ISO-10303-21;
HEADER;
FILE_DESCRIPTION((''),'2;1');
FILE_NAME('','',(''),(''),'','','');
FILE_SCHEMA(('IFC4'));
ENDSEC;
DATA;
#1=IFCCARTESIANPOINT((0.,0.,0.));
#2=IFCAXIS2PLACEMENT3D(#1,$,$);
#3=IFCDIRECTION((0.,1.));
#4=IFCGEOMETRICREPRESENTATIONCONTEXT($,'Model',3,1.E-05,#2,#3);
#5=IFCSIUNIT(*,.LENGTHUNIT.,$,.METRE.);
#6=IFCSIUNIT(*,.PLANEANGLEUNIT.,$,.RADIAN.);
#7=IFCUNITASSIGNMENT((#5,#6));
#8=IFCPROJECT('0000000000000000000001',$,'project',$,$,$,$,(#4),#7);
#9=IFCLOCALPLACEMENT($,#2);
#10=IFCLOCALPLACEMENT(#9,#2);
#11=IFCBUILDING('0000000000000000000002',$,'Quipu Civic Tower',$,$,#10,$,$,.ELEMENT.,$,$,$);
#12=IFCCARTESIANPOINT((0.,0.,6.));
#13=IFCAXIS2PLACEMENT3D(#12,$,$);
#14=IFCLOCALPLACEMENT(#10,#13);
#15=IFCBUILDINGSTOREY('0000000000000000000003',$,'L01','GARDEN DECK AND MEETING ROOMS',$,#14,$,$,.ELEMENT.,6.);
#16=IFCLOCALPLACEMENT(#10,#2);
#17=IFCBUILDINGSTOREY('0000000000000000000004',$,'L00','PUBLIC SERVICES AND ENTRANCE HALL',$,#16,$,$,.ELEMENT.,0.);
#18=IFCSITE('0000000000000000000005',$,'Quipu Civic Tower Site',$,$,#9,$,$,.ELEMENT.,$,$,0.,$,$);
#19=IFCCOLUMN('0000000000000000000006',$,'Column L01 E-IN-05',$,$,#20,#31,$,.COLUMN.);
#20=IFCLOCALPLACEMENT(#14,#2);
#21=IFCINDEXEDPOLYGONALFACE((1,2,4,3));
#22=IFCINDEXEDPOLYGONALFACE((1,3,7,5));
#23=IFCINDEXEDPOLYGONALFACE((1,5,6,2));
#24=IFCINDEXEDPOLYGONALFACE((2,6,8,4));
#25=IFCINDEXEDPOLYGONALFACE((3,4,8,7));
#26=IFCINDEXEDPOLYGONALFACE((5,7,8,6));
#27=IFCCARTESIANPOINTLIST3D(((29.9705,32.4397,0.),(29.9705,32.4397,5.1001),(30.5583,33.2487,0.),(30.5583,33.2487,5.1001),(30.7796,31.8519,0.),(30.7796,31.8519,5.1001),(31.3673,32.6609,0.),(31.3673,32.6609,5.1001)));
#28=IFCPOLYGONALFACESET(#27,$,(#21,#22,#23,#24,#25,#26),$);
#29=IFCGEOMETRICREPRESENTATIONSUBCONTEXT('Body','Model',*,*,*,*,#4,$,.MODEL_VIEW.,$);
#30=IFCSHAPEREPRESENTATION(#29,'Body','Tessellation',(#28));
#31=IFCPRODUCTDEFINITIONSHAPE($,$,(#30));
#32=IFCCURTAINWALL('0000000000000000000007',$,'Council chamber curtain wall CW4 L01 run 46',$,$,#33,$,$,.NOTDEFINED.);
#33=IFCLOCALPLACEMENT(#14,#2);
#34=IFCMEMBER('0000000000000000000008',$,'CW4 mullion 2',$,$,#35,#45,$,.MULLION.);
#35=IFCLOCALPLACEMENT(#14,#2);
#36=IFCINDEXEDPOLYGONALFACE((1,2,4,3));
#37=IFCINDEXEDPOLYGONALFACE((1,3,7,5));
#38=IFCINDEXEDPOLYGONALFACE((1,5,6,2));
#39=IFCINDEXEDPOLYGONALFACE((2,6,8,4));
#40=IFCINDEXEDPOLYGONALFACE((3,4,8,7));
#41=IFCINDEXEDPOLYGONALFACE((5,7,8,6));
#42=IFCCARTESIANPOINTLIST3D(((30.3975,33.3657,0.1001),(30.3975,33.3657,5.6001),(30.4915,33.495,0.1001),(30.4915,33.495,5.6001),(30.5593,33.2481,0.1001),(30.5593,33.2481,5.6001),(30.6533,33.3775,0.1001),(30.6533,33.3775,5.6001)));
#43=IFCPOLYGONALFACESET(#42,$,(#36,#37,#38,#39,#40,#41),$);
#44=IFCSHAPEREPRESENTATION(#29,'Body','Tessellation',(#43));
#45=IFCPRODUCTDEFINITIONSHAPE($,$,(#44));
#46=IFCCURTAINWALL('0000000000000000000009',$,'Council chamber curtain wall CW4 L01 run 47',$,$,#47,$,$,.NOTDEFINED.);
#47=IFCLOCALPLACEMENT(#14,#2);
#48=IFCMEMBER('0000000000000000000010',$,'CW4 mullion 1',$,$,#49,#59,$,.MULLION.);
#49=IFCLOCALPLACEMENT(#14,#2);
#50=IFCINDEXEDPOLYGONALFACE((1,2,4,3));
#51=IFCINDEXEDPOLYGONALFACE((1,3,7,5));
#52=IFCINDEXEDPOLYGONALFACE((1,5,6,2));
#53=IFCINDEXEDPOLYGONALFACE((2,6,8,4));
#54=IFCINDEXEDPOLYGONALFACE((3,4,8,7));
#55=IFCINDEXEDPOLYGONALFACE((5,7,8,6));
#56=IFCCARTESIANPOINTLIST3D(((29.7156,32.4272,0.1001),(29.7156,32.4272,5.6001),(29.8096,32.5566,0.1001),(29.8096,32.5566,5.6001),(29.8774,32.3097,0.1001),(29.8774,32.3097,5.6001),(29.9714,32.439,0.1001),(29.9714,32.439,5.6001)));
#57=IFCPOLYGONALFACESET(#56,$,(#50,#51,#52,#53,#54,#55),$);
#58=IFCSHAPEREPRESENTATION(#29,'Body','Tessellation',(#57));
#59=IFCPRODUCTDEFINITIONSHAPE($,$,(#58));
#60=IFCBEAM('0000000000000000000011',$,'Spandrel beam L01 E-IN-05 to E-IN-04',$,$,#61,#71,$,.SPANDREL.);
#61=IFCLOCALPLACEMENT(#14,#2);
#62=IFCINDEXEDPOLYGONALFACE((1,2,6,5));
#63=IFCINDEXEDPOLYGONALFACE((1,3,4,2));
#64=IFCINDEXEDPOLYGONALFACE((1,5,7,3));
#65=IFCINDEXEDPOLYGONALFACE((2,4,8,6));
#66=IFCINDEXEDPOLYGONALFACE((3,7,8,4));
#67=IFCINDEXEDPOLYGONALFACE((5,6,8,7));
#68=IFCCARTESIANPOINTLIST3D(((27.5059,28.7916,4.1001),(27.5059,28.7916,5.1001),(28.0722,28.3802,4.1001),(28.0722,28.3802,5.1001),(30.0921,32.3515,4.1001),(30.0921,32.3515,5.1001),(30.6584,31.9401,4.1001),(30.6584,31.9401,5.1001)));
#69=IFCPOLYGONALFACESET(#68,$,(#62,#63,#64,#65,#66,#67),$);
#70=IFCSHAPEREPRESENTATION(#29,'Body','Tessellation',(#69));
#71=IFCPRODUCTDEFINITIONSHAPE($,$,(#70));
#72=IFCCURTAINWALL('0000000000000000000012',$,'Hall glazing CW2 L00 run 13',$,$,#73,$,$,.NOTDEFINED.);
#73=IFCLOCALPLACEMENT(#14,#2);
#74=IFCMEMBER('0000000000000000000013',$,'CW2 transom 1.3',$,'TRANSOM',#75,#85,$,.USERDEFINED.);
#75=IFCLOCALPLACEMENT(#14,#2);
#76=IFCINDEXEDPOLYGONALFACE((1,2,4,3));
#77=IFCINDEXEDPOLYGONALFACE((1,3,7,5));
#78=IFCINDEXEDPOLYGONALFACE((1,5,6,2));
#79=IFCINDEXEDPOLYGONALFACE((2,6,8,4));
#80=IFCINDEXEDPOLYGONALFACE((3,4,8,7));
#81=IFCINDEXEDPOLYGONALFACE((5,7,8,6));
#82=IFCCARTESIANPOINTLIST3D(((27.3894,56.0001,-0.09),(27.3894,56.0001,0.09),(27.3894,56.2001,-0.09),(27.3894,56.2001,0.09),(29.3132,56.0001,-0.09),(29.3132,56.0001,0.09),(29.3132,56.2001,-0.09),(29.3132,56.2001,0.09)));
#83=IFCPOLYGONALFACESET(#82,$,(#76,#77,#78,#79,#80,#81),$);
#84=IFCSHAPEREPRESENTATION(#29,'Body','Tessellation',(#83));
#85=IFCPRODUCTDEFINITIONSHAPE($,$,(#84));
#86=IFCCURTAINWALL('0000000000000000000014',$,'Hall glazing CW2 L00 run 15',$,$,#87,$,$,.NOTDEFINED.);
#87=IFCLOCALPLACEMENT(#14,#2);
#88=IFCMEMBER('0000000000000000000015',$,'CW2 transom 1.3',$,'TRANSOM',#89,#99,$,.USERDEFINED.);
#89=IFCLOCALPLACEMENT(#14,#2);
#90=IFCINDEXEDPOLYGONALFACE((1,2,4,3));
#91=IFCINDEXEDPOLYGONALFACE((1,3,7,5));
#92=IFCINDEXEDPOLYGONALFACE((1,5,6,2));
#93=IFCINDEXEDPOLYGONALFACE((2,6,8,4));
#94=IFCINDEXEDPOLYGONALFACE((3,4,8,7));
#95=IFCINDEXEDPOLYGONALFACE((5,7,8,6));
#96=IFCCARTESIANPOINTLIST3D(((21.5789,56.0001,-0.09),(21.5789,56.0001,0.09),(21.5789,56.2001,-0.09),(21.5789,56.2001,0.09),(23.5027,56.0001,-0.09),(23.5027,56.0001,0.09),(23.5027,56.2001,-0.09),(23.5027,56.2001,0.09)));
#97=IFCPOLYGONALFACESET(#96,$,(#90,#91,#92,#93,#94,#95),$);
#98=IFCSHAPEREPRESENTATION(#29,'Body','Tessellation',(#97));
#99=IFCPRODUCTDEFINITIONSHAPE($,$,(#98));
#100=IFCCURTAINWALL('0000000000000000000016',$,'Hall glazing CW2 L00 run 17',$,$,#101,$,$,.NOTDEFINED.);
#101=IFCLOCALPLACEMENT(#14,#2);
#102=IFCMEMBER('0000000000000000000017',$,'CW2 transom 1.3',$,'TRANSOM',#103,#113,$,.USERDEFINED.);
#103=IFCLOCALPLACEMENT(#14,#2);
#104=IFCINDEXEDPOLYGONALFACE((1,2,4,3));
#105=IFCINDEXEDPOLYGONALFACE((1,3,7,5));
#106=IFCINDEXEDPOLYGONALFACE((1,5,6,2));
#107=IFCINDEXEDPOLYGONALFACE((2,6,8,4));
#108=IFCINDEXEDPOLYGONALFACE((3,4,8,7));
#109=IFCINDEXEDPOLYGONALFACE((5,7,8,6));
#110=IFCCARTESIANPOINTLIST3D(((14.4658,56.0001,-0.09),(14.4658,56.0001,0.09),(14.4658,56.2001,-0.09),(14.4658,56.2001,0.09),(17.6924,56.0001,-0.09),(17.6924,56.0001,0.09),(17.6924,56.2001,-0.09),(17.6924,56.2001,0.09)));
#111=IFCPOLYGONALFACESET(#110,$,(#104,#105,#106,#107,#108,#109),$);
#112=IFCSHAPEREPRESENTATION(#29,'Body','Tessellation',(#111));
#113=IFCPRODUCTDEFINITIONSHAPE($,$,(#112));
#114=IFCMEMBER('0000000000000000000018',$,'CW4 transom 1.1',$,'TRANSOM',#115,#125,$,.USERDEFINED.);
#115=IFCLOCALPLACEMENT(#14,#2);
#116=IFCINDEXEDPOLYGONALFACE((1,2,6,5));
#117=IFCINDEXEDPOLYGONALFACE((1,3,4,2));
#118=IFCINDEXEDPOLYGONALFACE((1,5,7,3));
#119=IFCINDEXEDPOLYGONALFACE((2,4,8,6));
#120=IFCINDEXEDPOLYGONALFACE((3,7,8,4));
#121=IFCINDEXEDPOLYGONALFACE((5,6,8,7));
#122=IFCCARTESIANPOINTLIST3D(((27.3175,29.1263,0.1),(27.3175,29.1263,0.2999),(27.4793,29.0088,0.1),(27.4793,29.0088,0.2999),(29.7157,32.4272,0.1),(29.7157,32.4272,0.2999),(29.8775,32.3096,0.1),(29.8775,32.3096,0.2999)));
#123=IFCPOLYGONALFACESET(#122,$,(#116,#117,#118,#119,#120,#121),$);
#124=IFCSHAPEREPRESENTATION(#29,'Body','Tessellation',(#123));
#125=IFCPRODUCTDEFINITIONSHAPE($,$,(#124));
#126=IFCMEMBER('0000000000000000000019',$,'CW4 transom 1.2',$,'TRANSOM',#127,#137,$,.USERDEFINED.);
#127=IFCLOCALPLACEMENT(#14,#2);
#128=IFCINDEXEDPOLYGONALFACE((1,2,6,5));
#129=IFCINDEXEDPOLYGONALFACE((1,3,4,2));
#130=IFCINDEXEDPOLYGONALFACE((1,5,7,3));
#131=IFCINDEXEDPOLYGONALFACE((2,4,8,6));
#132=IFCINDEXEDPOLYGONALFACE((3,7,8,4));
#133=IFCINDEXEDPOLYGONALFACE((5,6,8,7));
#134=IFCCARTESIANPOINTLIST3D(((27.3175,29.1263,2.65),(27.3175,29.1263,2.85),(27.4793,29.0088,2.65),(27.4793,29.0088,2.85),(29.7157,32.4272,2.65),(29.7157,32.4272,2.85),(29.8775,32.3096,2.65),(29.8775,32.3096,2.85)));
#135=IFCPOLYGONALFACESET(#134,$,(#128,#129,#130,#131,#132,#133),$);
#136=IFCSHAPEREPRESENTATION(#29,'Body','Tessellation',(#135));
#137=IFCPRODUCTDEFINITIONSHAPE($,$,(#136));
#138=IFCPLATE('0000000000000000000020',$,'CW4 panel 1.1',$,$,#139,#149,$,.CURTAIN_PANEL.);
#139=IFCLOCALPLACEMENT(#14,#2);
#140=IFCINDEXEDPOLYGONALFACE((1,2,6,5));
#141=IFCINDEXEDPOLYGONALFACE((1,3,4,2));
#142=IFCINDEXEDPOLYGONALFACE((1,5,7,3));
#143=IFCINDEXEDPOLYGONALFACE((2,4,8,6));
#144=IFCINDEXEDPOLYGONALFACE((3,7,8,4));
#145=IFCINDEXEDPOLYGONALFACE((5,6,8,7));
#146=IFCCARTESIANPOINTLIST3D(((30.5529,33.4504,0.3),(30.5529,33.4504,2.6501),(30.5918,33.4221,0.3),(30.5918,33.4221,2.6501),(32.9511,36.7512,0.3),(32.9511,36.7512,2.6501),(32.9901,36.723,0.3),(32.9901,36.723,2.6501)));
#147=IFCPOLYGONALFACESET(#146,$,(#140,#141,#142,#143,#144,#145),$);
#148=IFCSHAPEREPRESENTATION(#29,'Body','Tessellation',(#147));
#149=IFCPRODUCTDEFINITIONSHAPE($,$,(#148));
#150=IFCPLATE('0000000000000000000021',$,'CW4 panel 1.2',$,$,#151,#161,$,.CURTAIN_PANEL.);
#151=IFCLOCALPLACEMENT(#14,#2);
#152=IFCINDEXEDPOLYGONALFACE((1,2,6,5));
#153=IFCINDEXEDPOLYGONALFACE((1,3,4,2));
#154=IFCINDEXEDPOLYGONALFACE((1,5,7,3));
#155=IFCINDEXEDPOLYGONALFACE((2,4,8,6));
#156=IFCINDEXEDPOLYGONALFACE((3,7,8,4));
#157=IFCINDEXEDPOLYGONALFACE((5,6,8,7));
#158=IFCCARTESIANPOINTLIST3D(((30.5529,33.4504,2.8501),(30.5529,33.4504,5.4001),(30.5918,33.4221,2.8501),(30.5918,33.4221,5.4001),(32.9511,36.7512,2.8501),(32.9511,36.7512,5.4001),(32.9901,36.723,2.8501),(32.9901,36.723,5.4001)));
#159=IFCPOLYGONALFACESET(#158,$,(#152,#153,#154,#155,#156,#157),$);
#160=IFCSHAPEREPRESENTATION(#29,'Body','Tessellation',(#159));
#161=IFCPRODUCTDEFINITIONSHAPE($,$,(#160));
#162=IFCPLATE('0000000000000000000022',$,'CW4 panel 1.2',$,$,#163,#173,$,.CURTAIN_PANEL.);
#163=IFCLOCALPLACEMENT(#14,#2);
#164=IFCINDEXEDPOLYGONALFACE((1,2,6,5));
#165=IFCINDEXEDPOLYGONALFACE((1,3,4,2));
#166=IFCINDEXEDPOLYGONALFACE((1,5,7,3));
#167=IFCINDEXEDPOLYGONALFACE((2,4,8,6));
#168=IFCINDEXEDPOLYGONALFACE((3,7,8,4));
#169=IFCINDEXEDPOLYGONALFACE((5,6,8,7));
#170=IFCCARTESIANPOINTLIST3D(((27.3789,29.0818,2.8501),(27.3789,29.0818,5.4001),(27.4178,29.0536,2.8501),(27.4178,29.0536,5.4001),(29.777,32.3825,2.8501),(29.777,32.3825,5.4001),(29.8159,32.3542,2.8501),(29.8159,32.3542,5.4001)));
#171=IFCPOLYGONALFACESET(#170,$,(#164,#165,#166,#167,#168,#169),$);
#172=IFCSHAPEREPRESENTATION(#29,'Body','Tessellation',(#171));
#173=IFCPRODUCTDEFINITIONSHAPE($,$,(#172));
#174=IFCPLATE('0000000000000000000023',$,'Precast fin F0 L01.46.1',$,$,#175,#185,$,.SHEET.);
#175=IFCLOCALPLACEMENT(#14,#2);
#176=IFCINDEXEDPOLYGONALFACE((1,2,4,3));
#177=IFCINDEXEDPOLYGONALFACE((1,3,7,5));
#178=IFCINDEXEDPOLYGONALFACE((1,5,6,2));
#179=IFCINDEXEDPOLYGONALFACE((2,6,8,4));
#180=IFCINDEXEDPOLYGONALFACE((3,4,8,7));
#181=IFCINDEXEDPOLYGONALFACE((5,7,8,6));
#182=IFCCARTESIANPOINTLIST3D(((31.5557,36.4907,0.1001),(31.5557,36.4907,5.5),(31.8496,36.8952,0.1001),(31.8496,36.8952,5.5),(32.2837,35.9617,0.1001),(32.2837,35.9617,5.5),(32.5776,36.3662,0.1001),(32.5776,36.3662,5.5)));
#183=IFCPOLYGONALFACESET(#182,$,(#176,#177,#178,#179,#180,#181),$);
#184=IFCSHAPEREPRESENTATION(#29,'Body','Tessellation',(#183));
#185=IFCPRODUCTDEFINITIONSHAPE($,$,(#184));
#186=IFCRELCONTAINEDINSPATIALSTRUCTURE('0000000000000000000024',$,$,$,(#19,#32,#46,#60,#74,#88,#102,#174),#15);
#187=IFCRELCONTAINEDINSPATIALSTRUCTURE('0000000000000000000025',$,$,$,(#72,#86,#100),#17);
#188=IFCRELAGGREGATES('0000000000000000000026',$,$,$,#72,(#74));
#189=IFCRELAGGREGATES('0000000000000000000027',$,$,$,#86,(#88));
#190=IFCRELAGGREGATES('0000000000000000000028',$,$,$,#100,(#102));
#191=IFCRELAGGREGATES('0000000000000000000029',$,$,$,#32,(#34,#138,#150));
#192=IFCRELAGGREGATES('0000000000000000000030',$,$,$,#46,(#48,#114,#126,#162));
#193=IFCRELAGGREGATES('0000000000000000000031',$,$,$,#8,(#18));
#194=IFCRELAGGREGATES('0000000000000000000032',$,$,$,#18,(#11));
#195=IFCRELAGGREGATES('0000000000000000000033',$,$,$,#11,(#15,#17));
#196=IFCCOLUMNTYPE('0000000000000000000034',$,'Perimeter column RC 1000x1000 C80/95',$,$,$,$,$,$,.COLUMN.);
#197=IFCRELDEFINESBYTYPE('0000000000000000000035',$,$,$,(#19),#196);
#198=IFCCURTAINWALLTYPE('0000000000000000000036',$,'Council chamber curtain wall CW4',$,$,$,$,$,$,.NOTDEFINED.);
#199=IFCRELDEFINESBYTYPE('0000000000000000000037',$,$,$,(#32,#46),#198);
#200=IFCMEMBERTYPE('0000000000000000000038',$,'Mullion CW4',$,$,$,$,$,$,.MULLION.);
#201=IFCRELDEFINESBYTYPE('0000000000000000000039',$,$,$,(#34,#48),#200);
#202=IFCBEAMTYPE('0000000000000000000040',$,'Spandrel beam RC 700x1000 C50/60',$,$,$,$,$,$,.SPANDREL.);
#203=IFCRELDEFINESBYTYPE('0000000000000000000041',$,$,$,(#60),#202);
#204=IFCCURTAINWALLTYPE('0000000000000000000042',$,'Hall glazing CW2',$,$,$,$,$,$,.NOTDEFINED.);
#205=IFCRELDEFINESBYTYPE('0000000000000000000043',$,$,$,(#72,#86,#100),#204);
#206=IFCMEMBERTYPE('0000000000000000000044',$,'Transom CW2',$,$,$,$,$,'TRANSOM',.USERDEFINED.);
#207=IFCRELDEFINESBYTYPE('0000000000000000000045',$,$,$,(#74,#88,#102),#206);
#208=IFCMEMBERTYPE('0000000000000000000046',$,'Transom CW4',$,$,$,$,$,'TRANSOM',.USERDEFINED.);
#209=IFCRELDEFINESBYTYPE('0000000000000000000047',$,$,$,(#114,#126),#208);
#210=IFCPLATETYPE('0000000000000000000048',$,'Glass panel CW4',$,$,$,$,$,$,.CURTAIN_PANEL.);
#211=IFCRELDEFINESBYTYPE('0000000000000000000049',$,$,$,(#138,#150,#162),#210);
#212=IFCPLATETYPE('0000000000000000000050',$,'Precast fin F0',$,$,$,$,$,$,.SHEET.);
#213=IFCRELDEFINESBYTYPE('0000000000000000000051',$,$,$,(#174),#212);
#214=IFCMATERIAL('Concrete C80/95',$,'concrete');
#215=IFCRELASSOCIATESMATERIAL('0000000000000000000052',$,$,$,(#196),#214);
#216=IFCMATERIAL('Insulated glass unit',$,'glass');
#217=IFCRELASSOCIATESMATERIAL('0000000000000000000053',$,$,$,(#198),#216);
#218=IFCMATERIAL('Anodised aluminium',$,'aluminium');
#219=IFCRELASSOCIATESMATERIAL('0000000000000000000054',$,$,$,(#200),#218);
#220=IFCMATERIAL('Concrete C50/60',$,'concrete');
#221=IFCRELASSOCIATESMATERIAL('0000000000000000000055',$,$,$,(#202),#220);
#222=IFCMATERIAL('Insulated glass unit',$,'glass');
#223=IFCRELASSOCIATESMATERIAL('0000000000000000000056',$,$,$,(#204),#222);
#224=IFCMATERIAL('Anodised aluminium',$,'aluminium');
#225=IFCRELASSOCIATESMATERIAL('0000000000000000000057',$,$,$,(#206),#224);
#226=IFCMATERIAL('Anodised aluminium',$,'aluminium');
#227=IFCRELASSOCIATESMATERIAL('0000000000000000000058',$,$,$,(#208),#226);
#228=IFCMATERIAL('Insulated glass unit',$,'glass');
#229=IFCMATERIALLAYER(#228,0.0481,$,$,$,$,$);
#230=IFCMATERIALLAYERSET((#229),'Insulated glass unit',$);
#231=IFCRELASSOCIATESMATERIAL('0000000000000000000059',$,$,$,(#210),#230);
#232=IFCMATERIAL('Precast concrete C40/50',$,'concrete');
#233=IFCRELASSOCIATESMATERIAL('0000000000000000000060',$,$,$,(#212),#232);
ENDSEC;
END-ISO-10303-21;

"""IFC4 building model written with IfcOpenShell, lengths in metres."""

from ifc_helpers import new_model, si_unit, direction, frame, origin, origin_2d, place, context, subcontext, project, spatial, rectangle, extrude, material, layer, layer_set, material_profile, profile_set, type_object, element, aggregate, save


model = new_model("IFC4")

# Units and contexts
model_context = context("Model", 3, precision=1e-05, world=origin(), true_north=direction((0.0, 1.0)))
body_context = subcontext(model_context, "Body", "Model", "MODEL_VIEW")
ifc_project = project(units=[si_unit("LENGTHUNIT", "METRE"), si_unit("PLANEANGLEUNIT", "RADIAN")], contexts=[model_context])

# Site, building, storey
site_placement = place(None, origin())
site = spatial("IfcSite", under=ifc_project, at=site_placement, Name="Quipu Civic Tower Site", CompositionType="ELEMENT", RefElevation=0.0)
building_placement = place(site_placement, origin())
building = spatial("IfcBuilding", under=site, at=building_placement, Name="Quipu Civic Tower", CompositionType="ELEMENT")
storey_1_placement = place(building_placement, frame((0.0, 0.0, 6.0)))
storey_1 = spatial("IfcBuildingStorey", under=building, at=storey_1_placement, Name="L01", Description="GARDEN DECK AND MEETING ROOMS", CompositionType="ELEMENT", Elevation=6.0)

# Column
ifc_material_1 = material(Name="Concrete C80/95", Category="concrete")
ifc_material_profile_1 = material_profile(ifc_material_1, rectangle(XDim=1.0, YDim=1.0, at=origin_2d()), Name="RC1000x1000")
ifc_profile_set_1 = profile_set([ifc_material_profile_1], Name="Concrete C80/95")
column_type = type_object("IfcColumnType", Name="Perimeter column RC 1000x1000 C80/95", PredefinedType="COLUMN", material=ifc_profile_set_1)
column_placement = place(storey_1_placement, frame((30.6689, 32.5503, 0.0), z_axis=(0.0, 0.0, 1.0), x_axis=(-0.587785, -0.809017, 0.0)))
element("IfcColumn", 1, at=column_placement, inside=storey_1, type_object=column_type, Name="Column L01 E-IN-05", PredefinedType="COLUMN", context=body_context, shape_type="SweptSolid", body=[
    extrude(rectangle(XDim=1.0, YDim=1.0, at=origin_2d()), origin(), (0.0, 0.0, 1.0), 5.1001),
])

# Curtain walls, members
ifc_material_2 = material(Name="Insulated glass unit", Category="glass")
curtain_wall_type_1 = type_object("IfcCurtainWallType", Name="Council chamber curtain wall CW4", PredefinedType="NOTDEFINED", material=ifc_material_2)
curtain_wall_1_placement = place(storey_1_placement, origin())
curtain_wall_1 = element("IfcCurtainWall", 2, at=curtain_wall_1_placement, inside=storey_1, type_object=curtain_wall_type_1, Name="Council chamber curtain wall CW4 L01 run 46", PredefinedType="NOTDEFINED")
ifc_material_3 = material(Name="Anodised aluminium", Category="aluminium")
ifc_material_profile_2 = material_profile(ifc_material_3, rectangle(XDim=0.2, YDim=0.1599, at=origin_2d()), Name="RECT 200x160")
ifc_profile_set_2 = profile_set([ifc_material_profile_2], Name="Anodised aluminium")
member_type_1 = type_object("IfcMemberType", Name="Mullion CW4", PredefinedType="MULLION", material=ifc_profile_set_2)
member_1_placement = place(storey_1_placement, frame((30.5254, 33.3716, 0.1001), z_axis=(0.0, 0.0, 1.0), x_axis=(0.809014, -0.587789, 0.0)))
member_1 = element("IfcMember", 3, at=member_1_placement, type_object=member_type_1, Name="CW4 mullion 2", PredefinedType="MULLION", context=body_context, shape_type="SweptSolid", body=[
    extrude(rectangle(XDim=0.2, YDim=0.1599, at=origin_2d()), origin(), (0.0, 0.0, 1.0), 5.5),
])
curtain_wall_2_placement = place(storey_1_placement, origin())
curtain_wall_2 = element("IfcCurtainWall", 4, at=curtain_wall_2_placement, inside=storey_1, type_object=curtain_wall_type_1, Name="Council chamber curtain wall CW4 L01 run 47", PredefinedType="NOTDEFINED")
member_2_placement = place(storey_1_placement, frame((29.8435, 32.4331, 0.1001), z_axis=(0.0, 0.0, 1.0), x_axis=(0.809017, -0.587785, 0.0)))
member_2 = element("IfcMember", 5, at=member_2_placement, type_object=member_type_1, Name="CW4 mullion 1", PredefinedType="MULLION", context=body_context, shape_type="SweptSolid", body=[
    extrude(rectangle(XDim=0.2, YDim=0.1599, at=origin_2d()), origin(), (0.0, 0.0, 1.0), 5.5),
])

# Beam
ifc_material_4 = material(Name="Concrete C50/60", Category="concrete")
ifc_material_profile_3 = material_profile(ifc_material_4, rectangle(XDim=0.7, YDim=1.0, at=origin_2d()), Name="RC700x1000")
ifc_profile_set_3 = profile_set([ifc_material_profile_3], Name="Concrete C50/60")
beam_type = type_object("IfcBeamType", Name="Spandrel beam RC 700x1000 C50/60", PredefinedType="SPANDREL", material=ifc_profile_set_3)
beam_placement = place(storey_1_placement, frame((30.3752, 32.1458, 4.6001), z_axis=(-0.587759, -0.809036, 0.0), x_axis=(0.809036, -0.587759, 0.0)))
element("IfcBeam", 6, at=beam_placement, inside=storey_1, type_object=beam_type, Name="Spandrel beam L01 E-IN-05 to E-IN-04", PredefinedType="SPANDREL", context=body_context, shape_type="SweptSolid", body=[
    extrude(rectangle(XDim=0.7, YDim=1.0, at=origin_2d()), origin(), (0.0, 0.0, 1.0), 4.4001),
])

# Shared definitions
storey_2_placement = place(building_placement, origin())
storey_2 = spatial("IfcBuildingStorey", under=building, at=storey_2_placement, Name="L00", Description="PUBLIC SERVICES AND ENTRANCE HALL", CompositionType="ELEMENT", Elevation=0.0)

# Curtain walls, members
ifc_material_5 = material(Name="Insulated glass unit", Category="glass")
curtain_wall_type_2 = type_object("IfcCurtainWallType", Name="Hall glazing CW2", PredefinedType="NOTDEFINED", material=ifc_material_5)
curtain_wall_3_placement = place(storey_2_placement, origin())
curtain_wall_3 = element("IfcCurtainWall", 7, at=curtain_wall_3_placement, inside=storey_2, type_object=curtain_wall_type_2, Name="Hall glazing CW2 L00 run 13", PredefinedType="NOTDEFINED")
ifc_material_6 = material(Name="Anodised aluminium", Category="aluminium")
ifc_material_profile_4 = material_profile(ifc_material_6, rectangle(XDim=0.2, YDim=0.1799, at=origin_2d()), Name="RECT 200x180")
ifc_profile_set_4 = profile_set([ifc_material_profile_4], Name="Anodised aluminium")
member_type_2 = type_object("IfcMemberType", Name="Transom CW2", ElementType="TRANSOM", PredefinedType="USERDEFINED", material=ifc_profile_set_4)
member_3_placement = place(storey_1_placement, frame((29.3132, 56.1001, 0.0), z_axis=(-1.0, 0.0, 0.0), x_axis=(0.0, -1.0, 0.0)))
member_3 = element("IfcMember", 8, at=member_3_placement, inside=storey_1, type_object=member_type_2, Name="CW2 transom 1.3", ObjectType="TRANSOM", PredefinedType="USERDEFINED", context=body_context, shape_type="SweptSolid", body=[
    extrude(rectangle(XDim=0.2, YDim=0.1799, at=origin_2d()), origin(), (0.0, 0.0, 1.0), 1.9238),
])
aggregate(curtain_wall_3, [member_3])
curtain_wall_4_placement = place(storey_2_placement, origin())
curtain_wall_4 = element("IfcCurtainWall", 9, at=curtain_wall_4_placement, inside=storey_2, type_object=curtain_wall_type_2, Name="Hall glazing CW2 L00 run 15", PredefinedType="NOTDEFINED")
member_4_placement = place(storey_1_placement, frame((23.5027, 56.1001, 0.0), z_axis=(-1.0, 0.0, 0.0), x_axis=(0.0, -1.0, 0.0)))
member_4 = element("IfcMember", 10, at=member_4_placement, inside=storey_1, type_object=member_type_2, Name="CW2 transom 1.3", ObjectType="TRANSOM", PredefinedType="USERDEFINED", context=body_context, shape_type="SweptSolid", body=[
    extrude(rectangle(XDim=0.2, YDim=0.1799, at=origin_2d()), origin(), (0.0, 0.0, 1.0), 1.9238),
])
aggregate(curtain_wall_4, [member_4])
curtain_wall_5_placement = place(storey_2_placement, origin())
curtain_wall_5 = element("IfcCurtainWall", 11, at=curtain_wall_5_placement, inside=storey_2, type_object=curtain_wall_type_2, Name="Hall glazing CW2 L00 run 17", PredefinedType="NOTDEFINED")
member_5_placement = place(storey_1_placement, frame((17.6924, 56.1001, 0.0), z_axis=(-1.0, 0.0, 0.0), x_axis=(0.0, -1.0, 0.0)))
member_5 = element("IfcMember", 12, at=member_5_placement, inside=storey_1, type_object=member_type_2, Name="CW2 transom 1.3", ObjectType="TRANSOM", PredefinedType="USERDEFINED", context=body_context, shape_type="SweptSolid", body=[
    extrude(rectangle(XDim=0.2, YDim=0.1799, at=origin_2d()), origin(), (0.0, 0.0, 1.0), 3.2266),
])
aggregate(curtain_wall_5, [member_5])

# Members
ifc_material_7 = material(Name="Anodised aluminium", Category="aluminium")
ifc_material_profile_5 = material_profile(ifc_material_7, rectangle(XDim=0.2, YDim=0.2, at=origin_2d()), Name="RECT 200x200")
ifc_profile_set_5 = profile_set([ifc_material_profile_5], Name="Anodised aluminium")
member_type_3 = type_object("IfcMemberType", Name="Transom CW4", ElementType="TRANSOM", PredefinedType="USERDEFINED", material=ifc_profile_set_5)
member_6_placement = place(storey_1_placement, frame((29.7966, 32.3684, 0.2), z_axis=(-0.587791, -0.809013, 0.0), x_axis=(0.809013, -0.587791, 0.0)))
member_6 = element("IfcMember", 13, at=member_6_placement, type_object=member_type_3, Name="CW4 transom 1.1", ObjectType="TRANSOM", PredefinedType="USERDEFINED", context=body_context, shape_type="SweptSolid", body=[
    extrude(rectangle(XDim=0.2, YDim=0.2, at=origin_2d()), origin(), (0.0, 0.0, 1.0), 4.0801),
])
member_7_placement = place(storey_1_placement, frame((29.7966, 32.3684, 2.75), z_axis=(-0.587791, -0.809013, 0.0), x_axis=(0.809013, -0.587791, 0.0)))
member_7 = element("IfcMember", 14, at=member_7_placement, type_object=member_type_3, Name="CW4 transom 1.2", ObjectType="TRANSOM", PredefinedType="USERDEFINED", context=body_context, shape_type="SweptSolid", body=[
    extrude(rectangle(XDim=0.2, YDim=0.2, at=origin_2d()), origin(), (0.0, 0.0, 1.0), 4.0801),
])

# Plates
ifc_material_8 = material(Name="Insulated glass unit", Category="glass")
ifc_layer_1 = layer(ifc_material_8, 0.0481)
ifc_layer_set_1 = layer_set([ifc_layer_1], Name="Insulated glass unit")
plate_type_1 = type_object("IfcPlateType", Name="Glass panel CW4", PredefinedType="CURTAIN_PANEL", material=ifc_layer_set_1)
plate_1_placement = place(storey_1_placement, frame((31.7715, 35.0867, 0.3), z_axis=(0.0, 0.0, 1.0), x_axis=(-0.587789, -0.809014, 0.0)))
plate_1 = element("IfcPlate", 15, at=plate_1_placement, type_object=plate_type_1, Name="CW4 panel 1.1", PredefinedType="CURTAIN_PANEL", context=body_context, shape_type="SweptSolid", body=[
    extrude(rectangle(XDim=4.0801, YDim=0.0481, at=origin_2d()), origin(), (0.0, 0.0, 1.0), 2.3501),
])
plate_2_placement = place(storey_1_placement, frame((31.7715, 35.0867, 2.8501), z_axis=(0.0, 0.0, 1.0), x_axis=(-0.587789, -0.809014, 0.0)))
plate_2 = element("IfcPlate", 16, at=plate_2_placement, type_object=plate_type_1, Name="CW4 panel 1.2", PredefinedType="CURTAIN_PANEL", context=body_context, shape_type="SweptSolid", body=[
    extrude(rectangle(XDim=4.0801, YDim=0.0481, at=origin_2d()), origin(), (0.0, 0.0, 1.0), 2.55),
])
aggregate(curtain_wall_1, [member_1, plate_1, plate_2])
plate_3_placement = place(storey_1_placement, frame((28.5974, 30.718, 2.8501), z_axis=(0.0, 0.0, 1.0), x_axis=(-0.587785, -0.809017, 0.0)))
plate_3 = element("IfcPlate", 17, at=plate_3_placement, type_object=plate_type_1, Name="CW4 panel 1.2", PredefinedType="CURTAIN_PANEL", context=body_context, shape_type="SweptSolid", body=[
    extrude(rectangle(XDim=4.0798, YDim=0.0481, at=origin_2d()), origin(), (0.0, 0.0, 1.0), 2.55),
])
aggregate(curtain_wall_2, [member_2, member_6, member_7, plate_3])

# Plate
ifc_material_9 = material(Name="Precast concrete C40/50", Category="concrete")
plate_type_2 = type_object("IfcPlateType", Name="Precast fin F0", PredefinedType="SHEET", material=ifc_material_9)
for number, where, z_axis, x_axis, name in (
    (18, (32.0667, 36.4285, 0.1001), (0.0, 0.0, 1.0), (-0.587785, -0.809017, 0.0), "Precast fin F0 L01.46.1"),
):
    element("IfcPlate", number, at=place(storey_1_placement, frame(where, z_axis=z_axis, x_axis=x_axis)), inside=storey_1, type_object=plate_type_2, Name=name, PredefinedType="SHEET", context=body_context, shape_type="SweptSolid", body=[
        extrude(rectangle(XDim=0.5, YDim=0.8999, at=origin_2d()), origin(), (0.0, 0.0, 1.0), 5.3999),
    ])

save(model, "model.ifc")
